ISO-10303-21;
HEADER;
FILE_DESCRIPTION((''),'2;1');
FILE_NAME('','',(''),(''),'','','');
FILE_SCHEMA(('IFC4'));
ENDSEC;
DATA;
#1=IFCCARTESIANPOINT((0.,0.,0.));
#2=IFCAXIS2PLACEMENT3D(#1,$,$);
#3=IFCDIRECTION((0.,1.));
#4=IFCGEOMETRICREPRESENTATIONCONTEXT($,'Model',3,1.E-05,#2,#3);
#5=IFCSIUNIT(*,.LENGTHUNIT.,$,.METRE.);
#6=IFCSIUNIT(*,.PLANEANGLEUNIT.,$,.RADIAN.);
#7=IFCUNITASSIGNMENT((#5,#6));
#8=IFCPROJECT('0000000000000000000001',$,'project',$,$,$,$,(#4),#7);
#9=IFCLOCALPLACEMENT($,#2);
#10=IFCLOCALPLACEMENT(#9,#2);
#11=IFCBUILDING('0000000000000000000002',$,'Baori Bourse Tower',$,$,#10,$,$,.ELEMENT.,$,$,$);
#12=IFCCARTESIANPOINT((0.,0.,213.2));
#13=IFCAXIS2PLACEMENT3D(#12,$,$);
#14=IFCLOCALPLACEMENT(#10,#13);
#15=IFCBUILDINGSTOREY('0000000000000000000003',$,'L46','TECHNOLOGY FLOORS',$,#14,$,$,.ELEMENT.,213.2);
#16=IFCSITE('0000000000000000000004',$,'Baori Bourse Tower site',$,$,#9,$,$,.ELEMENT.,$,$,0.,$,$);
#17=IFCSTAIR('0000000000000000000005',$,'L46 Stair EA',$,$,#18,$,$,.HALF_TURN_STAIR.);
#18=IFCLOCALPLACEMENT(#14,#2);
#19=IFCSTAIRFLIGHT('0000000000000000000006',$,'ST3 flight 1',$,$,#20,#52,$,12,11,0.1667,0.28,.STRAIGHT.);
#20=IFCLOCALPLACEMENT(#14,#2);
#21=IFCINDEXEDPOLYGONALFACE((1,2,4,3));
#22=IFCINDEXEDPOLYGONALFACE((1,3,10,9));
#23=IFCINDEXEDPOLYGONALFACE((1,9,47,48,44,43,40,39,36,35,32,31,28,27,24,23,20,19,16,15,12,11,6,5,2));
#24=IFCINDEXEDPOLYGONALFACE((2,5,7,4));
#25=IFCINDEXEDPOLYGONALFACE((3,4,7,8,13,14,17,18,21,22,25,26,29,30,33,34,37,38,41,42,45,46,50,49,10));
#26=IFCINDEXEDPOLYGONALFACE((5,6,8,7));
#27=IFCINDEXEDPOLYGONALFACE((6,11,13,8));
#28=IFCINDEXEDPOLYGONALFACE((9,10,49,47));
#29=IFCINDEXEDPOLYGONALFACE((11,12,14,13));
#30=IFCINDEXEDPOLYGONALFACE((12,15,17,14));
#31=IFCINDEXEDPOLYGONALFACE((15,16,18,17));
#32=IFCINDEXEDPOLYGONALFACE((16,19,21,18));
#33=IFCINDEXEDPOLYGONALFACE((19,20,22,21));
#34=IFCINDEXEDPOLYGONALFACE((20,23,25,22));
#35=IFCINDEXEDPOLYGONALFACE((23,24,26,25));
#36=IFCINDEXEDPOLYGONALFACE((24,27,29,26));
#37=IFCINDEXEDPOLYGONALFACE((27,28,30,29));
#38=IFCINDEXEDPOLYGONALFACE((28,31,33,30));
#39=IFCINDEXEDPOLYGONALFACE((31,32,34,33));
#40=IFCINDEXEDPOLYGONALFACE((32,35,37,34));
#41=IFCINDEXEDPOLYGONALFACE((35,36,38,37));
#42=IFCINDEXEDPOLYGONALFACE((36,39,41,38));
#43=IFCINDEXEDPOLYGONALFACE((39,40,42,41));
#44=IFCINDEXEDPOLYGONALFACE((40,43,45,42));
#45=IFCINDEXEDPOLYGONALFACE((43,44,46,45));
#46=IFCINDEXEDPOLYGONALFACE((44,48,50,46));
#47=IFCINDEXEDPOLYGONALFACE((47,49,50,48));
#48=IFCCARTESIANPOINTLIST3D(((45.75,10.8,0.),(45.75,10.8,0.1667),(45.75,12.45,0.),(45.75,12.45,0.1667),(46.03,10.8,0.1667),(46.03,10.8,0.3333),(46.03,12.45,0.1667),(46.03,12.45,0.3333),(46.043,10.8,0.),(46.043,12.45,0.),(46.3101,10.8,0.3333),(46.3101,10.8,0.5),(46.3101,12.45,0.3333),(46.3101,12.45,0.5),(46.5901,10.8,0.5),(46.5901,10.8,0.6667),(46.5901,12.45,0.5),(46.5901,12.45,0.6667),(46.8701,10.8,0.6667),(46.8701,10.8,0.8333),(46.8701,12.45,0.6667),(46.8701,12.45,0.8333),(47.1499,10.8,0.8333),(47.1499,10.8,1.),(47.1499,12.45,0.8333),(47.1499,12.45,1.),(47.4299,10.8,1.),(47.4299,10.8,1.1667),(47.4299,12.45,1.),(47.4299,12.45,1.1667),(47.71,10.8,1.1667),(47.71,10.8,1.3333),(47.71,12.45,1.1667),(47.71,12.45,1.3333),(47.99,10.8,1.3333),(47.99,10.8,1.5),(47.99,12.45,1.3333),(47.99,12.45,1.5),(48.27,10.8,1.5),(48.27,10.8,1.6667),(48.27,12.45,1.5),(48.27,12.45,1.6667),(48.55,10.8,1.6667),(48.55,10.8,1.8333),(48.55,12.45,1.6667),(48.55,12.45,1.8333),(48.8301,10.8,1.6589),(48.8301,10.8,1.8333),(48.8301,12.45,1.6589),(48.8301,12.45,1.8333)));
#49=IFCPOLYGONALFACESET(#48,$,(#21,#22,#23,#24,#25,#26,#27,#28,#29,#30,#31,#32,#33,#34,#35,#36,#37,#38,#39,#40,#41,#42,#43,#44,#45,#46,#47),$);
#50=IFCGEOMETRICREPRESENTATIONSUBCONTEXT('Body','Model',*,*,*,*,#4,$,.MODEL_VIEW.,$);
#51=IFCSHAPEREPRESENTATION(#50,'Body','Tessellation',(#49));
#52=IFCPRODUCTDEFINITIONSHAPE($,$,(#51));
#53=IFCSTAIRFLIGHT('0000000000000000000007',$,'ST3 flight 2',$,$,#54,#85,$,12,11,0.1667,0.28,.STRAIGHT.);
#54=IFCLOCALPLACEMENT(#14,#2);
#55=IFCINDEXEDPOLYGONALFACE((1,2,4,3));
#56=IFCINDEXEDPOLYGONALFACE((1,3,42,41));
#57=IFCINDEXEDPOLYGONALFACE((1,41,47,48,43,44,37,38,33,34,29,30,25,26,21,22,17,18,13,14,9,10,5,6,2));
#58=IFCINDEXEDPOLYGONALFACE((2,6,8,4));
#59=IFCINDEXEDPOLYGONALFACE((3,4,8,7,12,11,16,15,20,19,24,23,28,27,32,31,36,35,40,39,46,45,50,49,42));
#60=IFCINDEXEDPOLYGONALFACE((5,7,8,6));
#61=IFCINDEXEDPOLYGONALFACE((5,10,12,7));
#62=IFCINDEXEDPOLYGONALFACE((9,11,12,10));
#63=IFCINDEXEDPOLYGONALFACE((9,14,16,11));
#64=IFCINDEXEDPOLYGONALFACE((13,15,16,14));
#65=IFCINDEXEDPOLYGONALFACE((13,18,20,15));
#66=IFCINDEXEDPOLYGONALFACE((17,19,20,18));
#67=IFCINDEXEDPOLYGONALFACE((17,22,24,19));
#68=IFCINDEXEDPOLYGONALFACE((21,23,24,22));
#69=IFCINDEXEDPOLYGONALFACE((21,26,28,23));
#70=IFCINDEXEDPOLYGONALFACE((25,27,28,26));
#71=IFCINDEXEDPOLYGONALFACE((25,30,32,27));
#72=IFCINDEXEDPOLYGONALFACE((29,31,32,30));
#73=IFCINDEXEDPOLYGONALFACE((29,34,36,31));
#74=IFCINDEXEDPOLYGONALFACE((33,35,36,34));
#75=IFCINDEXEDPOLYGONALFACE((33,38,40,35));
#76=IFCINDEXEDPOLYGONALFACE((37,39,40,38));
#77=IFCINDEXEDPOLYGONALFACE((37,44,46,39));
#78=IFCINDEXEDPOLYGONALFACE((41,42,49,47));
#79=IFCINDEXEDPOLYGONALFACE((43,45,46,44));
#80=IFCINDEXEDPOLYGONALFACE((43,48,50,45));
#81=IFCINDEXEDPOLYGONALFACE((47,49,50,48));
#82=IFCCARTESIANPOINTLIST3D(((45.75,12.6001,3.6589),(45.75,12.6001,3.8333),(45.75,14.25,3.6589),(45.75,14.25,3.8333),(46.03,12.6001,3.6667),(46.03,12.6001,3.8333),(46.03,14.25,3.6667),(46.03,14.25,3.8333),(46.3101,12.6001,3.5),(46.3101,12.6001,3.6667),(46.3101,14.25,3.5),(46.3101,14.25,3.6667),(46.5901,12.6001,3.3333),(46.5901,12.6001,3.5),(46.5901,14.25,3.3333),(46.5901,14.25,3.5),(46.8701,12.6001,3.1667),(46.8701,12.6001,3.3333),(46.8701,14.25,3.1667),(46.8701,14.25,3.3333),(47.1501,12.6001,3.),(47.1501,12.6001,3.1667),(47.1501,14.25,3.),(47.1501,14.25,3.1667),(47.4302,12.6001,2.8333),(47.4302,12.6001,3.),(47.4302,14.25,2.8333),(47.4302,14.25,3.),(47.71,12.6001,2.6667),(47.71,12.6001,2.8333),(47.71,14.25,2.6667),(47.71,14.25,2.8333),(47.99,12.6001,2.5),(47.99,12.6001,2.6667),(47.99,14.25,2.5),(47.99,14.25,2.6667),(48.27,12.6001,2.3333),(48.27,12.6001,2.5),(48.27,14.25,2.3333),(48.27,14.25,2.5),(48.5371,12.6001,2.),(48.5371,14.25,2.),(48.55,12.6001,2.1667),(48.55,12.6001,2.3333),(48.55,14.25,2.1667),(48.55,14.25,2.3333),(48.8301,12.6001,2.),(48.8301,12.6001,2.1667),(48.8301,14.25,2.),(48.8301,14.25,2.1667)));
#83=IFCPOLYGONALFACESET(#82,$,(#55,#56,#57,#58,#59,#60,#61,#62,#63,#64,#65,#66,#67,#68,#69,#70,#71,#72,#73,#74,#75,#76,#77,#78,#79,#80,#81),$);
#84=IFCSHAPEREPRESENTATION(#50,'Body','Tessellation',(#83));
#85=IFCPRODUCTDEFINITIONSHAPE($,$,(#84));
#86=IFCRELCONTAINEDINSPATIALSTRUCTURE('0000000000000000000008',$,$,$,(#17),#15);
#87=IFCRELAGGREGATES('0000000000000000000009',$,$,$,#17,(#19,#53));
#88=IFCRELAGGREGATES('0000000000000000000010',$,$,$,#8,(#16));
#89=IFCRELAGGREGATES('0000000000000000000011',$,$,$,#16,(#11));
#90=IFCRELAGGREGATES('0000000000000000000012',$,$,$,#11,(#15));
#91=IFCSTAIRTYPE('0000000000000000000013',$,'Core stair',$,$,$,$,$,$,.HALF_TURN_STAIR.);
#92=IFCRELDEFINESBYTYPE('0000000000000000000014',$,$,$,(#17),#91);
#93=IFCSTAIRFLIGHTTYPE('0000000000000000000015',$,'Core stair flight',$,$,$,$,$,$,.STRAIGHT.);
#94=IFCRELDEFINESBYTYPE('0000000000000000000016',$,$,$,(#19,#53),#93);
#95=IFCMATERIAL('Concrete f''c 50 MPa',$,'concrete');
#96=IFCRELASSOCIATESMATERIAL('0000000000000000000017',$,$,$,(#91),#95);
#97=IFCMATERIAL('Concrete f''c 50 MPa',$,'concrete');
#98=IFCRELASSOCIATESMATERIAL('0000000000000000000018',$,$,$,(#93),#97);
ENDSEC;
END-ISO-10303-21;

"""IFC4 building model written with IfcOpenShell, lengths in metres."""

from ifc_helpers import new_model, si_unit, direction, frame, origin, place, context, subcontext, project, spatial, polyline, outline, extrude, material, type_object, element, aggregate, save


model = new_model("IFC4")

# Units and contexts
model_context = context("Model", 3, precision=1e-05, world=origin(), true_north=direction((0.0, 1.0)))
body_context = subcontext(model_context, "Body", "Model", "MODEL_VIEW")
ifc_project = project(units=[si_unit("LENGTHUNIT", "METRE"), si_unit("PLANEANGLEUNIT", "RADIAN")], contexts=[model_context])

# Site, building, storey
site_placement = place(None, origin())
site = spatial("IfcSite", under=ifc_project, at=site_placement, Name="Baori Bourse Tower site", CompositionType="ELEMENT", RefElevation=0.0)
building_placement = place(site_placement, origin())
building = spatial("IfcBuilding", under=site, at=building_placement, Name="Baori Bourse Tower", CompositionType="ELEMENT")
storey_placement = place(building_placement, frame((0.0, 0.0, 213.2)))
storey = spatial("IfcBuildingStorey", under=building, at=storey_placement, Name="L46", Description="TECHNOLOGY FLOORS", CompositionType="ELEMENT", Elevation=213.2)

# Stair, stair flights
ifc_material_1 = material(Name="Concrete f'c 50 MPa", Category="concrete")
stair_type = type_object("IfcStairType", Name="Core stair", PredefinedType="HALF_TURN_STAIR", material=ifc_material_1)
stair_placement = place(storey_placement, origin())
stair = element("IfcStair", 1, at=stair_placement, inside=storey, type_object=stair_type, Name="L46 Stair EA", PredefinedType="HALF_TURN_STAIR")
ifc_material_2 = material(Name="Concrete f'c 50 MPa", Category="concrete")
stair_flight_type = type_object("IfcStairFlightType", Name="Core stair flight", PredefinedType="STRAIGHT", material=ifc_material_2)
stair_flight_1_placement = place(storey_placement, frame((45.75, 11.625, 0.0), z_axis=(0.0, 0.0, 1.0), x_axis=(1.0, 0.0, 0.0)))
stair_flight_1 = element("IfcStairFlight", 2, at=stair_flight_1_placement, type_object=stair_flight_type, Name="ST3 flight 1", NumberOfRisers=12, NumberOfTreads=11, PredefinedType="STRAIGHT", RiserHeight=0.1667, TreadLength=0.28, context=body_context, shape_type="SweptSolid", body=[
    extrude(outline(polyline([(0.0, 0.0), (0.0, 0.1667), (0.28, 0.1667), (0.28, 0.3333), (0.5601, 0.3333), (0.5601, 0.5), (0.8401, 0.5), (0.8401, 0.6667), (1.1201, 0.6667), (1.1201, 0.8333), (1.3999, 0.8333), (1.3999, 1.0), (1.6799, 1.0), (1.6799, 1.1667), (1.96, 1.1667), (1.96, 1.3333), (2.24, 1.3333), (2.24, 1.5), (2.52, 1.5), (2.52, 1.6667), (2.8, 1.6667), (2.8, 1.8333), (3.0801, 1.8333), (3.0801, 2.0), (3.0801, 1.6589), (0.293, 0.0), (0.0, 0.0)])), frame((0.0, 0.825, 0.0), z_axis=(0.0, -1.0, 0.0), x_axis=(1.0, 0.0, 0.0)), (0.0, 0.0, 1.0), 1.6499),
])
stair_flight_2_placement = place(storey_placement, frame((48.8301, 13.425, 2.0), z_axis=(0.0, 0.0, 1.0), x_axis=(-1.0, 0.0, 0.0)))
stair_flight_2 = element("IfcStairFlight", 3, at=stair_flight_2_placement, type_object=stair_flight_type, Name="ST3 flight 2", NumberOfRisers=12, NumberOfTreads=11, PredefinedType="STRAIGHT", RiserHeight=0.1667, TreadLength=0.28, context=body_context, shape_type="SweptSolid", body=[
    extrude(outline(polyline([(0.0, 0.0), (0.0, 0.1667), (0.28, 0.1667), (0.28, 0.3333), (0.5601, 0.3333), (0.5601, 0.5), (0.8401, 0.5), (0.8401, 0.6667), (1.1201, 0.6667), (1.1201, 0.8333), (1.3999, 0.8333), (1.3999, 1.0), (1.6799, 1.0), (1.6799, 1.1667), (1.96, 1.1667), (1.96, 1.3333), (2.24, 1.3333), (2.24, 1.5), (2.52, 1.5), (2.52, 1.6667), (2.8, 1.6667), (2.8, 1.8333), (3.0801, 1.8333), (3.0801, 2.0), (3.0801, 1.6589), (0.293, 0.0), (0.0, 0.0)])), frame((0.0, 0.825, 0.0), z_axis=(0.0, -1.0, 0.0), x_axis=(1.0, 0.0, 0.0)), (0.0, 0.0, 1.0), 1.6499),
])
aggregate(stair, [stair_flight_1, stair_flight_2])

save(model, "model.ifc")
